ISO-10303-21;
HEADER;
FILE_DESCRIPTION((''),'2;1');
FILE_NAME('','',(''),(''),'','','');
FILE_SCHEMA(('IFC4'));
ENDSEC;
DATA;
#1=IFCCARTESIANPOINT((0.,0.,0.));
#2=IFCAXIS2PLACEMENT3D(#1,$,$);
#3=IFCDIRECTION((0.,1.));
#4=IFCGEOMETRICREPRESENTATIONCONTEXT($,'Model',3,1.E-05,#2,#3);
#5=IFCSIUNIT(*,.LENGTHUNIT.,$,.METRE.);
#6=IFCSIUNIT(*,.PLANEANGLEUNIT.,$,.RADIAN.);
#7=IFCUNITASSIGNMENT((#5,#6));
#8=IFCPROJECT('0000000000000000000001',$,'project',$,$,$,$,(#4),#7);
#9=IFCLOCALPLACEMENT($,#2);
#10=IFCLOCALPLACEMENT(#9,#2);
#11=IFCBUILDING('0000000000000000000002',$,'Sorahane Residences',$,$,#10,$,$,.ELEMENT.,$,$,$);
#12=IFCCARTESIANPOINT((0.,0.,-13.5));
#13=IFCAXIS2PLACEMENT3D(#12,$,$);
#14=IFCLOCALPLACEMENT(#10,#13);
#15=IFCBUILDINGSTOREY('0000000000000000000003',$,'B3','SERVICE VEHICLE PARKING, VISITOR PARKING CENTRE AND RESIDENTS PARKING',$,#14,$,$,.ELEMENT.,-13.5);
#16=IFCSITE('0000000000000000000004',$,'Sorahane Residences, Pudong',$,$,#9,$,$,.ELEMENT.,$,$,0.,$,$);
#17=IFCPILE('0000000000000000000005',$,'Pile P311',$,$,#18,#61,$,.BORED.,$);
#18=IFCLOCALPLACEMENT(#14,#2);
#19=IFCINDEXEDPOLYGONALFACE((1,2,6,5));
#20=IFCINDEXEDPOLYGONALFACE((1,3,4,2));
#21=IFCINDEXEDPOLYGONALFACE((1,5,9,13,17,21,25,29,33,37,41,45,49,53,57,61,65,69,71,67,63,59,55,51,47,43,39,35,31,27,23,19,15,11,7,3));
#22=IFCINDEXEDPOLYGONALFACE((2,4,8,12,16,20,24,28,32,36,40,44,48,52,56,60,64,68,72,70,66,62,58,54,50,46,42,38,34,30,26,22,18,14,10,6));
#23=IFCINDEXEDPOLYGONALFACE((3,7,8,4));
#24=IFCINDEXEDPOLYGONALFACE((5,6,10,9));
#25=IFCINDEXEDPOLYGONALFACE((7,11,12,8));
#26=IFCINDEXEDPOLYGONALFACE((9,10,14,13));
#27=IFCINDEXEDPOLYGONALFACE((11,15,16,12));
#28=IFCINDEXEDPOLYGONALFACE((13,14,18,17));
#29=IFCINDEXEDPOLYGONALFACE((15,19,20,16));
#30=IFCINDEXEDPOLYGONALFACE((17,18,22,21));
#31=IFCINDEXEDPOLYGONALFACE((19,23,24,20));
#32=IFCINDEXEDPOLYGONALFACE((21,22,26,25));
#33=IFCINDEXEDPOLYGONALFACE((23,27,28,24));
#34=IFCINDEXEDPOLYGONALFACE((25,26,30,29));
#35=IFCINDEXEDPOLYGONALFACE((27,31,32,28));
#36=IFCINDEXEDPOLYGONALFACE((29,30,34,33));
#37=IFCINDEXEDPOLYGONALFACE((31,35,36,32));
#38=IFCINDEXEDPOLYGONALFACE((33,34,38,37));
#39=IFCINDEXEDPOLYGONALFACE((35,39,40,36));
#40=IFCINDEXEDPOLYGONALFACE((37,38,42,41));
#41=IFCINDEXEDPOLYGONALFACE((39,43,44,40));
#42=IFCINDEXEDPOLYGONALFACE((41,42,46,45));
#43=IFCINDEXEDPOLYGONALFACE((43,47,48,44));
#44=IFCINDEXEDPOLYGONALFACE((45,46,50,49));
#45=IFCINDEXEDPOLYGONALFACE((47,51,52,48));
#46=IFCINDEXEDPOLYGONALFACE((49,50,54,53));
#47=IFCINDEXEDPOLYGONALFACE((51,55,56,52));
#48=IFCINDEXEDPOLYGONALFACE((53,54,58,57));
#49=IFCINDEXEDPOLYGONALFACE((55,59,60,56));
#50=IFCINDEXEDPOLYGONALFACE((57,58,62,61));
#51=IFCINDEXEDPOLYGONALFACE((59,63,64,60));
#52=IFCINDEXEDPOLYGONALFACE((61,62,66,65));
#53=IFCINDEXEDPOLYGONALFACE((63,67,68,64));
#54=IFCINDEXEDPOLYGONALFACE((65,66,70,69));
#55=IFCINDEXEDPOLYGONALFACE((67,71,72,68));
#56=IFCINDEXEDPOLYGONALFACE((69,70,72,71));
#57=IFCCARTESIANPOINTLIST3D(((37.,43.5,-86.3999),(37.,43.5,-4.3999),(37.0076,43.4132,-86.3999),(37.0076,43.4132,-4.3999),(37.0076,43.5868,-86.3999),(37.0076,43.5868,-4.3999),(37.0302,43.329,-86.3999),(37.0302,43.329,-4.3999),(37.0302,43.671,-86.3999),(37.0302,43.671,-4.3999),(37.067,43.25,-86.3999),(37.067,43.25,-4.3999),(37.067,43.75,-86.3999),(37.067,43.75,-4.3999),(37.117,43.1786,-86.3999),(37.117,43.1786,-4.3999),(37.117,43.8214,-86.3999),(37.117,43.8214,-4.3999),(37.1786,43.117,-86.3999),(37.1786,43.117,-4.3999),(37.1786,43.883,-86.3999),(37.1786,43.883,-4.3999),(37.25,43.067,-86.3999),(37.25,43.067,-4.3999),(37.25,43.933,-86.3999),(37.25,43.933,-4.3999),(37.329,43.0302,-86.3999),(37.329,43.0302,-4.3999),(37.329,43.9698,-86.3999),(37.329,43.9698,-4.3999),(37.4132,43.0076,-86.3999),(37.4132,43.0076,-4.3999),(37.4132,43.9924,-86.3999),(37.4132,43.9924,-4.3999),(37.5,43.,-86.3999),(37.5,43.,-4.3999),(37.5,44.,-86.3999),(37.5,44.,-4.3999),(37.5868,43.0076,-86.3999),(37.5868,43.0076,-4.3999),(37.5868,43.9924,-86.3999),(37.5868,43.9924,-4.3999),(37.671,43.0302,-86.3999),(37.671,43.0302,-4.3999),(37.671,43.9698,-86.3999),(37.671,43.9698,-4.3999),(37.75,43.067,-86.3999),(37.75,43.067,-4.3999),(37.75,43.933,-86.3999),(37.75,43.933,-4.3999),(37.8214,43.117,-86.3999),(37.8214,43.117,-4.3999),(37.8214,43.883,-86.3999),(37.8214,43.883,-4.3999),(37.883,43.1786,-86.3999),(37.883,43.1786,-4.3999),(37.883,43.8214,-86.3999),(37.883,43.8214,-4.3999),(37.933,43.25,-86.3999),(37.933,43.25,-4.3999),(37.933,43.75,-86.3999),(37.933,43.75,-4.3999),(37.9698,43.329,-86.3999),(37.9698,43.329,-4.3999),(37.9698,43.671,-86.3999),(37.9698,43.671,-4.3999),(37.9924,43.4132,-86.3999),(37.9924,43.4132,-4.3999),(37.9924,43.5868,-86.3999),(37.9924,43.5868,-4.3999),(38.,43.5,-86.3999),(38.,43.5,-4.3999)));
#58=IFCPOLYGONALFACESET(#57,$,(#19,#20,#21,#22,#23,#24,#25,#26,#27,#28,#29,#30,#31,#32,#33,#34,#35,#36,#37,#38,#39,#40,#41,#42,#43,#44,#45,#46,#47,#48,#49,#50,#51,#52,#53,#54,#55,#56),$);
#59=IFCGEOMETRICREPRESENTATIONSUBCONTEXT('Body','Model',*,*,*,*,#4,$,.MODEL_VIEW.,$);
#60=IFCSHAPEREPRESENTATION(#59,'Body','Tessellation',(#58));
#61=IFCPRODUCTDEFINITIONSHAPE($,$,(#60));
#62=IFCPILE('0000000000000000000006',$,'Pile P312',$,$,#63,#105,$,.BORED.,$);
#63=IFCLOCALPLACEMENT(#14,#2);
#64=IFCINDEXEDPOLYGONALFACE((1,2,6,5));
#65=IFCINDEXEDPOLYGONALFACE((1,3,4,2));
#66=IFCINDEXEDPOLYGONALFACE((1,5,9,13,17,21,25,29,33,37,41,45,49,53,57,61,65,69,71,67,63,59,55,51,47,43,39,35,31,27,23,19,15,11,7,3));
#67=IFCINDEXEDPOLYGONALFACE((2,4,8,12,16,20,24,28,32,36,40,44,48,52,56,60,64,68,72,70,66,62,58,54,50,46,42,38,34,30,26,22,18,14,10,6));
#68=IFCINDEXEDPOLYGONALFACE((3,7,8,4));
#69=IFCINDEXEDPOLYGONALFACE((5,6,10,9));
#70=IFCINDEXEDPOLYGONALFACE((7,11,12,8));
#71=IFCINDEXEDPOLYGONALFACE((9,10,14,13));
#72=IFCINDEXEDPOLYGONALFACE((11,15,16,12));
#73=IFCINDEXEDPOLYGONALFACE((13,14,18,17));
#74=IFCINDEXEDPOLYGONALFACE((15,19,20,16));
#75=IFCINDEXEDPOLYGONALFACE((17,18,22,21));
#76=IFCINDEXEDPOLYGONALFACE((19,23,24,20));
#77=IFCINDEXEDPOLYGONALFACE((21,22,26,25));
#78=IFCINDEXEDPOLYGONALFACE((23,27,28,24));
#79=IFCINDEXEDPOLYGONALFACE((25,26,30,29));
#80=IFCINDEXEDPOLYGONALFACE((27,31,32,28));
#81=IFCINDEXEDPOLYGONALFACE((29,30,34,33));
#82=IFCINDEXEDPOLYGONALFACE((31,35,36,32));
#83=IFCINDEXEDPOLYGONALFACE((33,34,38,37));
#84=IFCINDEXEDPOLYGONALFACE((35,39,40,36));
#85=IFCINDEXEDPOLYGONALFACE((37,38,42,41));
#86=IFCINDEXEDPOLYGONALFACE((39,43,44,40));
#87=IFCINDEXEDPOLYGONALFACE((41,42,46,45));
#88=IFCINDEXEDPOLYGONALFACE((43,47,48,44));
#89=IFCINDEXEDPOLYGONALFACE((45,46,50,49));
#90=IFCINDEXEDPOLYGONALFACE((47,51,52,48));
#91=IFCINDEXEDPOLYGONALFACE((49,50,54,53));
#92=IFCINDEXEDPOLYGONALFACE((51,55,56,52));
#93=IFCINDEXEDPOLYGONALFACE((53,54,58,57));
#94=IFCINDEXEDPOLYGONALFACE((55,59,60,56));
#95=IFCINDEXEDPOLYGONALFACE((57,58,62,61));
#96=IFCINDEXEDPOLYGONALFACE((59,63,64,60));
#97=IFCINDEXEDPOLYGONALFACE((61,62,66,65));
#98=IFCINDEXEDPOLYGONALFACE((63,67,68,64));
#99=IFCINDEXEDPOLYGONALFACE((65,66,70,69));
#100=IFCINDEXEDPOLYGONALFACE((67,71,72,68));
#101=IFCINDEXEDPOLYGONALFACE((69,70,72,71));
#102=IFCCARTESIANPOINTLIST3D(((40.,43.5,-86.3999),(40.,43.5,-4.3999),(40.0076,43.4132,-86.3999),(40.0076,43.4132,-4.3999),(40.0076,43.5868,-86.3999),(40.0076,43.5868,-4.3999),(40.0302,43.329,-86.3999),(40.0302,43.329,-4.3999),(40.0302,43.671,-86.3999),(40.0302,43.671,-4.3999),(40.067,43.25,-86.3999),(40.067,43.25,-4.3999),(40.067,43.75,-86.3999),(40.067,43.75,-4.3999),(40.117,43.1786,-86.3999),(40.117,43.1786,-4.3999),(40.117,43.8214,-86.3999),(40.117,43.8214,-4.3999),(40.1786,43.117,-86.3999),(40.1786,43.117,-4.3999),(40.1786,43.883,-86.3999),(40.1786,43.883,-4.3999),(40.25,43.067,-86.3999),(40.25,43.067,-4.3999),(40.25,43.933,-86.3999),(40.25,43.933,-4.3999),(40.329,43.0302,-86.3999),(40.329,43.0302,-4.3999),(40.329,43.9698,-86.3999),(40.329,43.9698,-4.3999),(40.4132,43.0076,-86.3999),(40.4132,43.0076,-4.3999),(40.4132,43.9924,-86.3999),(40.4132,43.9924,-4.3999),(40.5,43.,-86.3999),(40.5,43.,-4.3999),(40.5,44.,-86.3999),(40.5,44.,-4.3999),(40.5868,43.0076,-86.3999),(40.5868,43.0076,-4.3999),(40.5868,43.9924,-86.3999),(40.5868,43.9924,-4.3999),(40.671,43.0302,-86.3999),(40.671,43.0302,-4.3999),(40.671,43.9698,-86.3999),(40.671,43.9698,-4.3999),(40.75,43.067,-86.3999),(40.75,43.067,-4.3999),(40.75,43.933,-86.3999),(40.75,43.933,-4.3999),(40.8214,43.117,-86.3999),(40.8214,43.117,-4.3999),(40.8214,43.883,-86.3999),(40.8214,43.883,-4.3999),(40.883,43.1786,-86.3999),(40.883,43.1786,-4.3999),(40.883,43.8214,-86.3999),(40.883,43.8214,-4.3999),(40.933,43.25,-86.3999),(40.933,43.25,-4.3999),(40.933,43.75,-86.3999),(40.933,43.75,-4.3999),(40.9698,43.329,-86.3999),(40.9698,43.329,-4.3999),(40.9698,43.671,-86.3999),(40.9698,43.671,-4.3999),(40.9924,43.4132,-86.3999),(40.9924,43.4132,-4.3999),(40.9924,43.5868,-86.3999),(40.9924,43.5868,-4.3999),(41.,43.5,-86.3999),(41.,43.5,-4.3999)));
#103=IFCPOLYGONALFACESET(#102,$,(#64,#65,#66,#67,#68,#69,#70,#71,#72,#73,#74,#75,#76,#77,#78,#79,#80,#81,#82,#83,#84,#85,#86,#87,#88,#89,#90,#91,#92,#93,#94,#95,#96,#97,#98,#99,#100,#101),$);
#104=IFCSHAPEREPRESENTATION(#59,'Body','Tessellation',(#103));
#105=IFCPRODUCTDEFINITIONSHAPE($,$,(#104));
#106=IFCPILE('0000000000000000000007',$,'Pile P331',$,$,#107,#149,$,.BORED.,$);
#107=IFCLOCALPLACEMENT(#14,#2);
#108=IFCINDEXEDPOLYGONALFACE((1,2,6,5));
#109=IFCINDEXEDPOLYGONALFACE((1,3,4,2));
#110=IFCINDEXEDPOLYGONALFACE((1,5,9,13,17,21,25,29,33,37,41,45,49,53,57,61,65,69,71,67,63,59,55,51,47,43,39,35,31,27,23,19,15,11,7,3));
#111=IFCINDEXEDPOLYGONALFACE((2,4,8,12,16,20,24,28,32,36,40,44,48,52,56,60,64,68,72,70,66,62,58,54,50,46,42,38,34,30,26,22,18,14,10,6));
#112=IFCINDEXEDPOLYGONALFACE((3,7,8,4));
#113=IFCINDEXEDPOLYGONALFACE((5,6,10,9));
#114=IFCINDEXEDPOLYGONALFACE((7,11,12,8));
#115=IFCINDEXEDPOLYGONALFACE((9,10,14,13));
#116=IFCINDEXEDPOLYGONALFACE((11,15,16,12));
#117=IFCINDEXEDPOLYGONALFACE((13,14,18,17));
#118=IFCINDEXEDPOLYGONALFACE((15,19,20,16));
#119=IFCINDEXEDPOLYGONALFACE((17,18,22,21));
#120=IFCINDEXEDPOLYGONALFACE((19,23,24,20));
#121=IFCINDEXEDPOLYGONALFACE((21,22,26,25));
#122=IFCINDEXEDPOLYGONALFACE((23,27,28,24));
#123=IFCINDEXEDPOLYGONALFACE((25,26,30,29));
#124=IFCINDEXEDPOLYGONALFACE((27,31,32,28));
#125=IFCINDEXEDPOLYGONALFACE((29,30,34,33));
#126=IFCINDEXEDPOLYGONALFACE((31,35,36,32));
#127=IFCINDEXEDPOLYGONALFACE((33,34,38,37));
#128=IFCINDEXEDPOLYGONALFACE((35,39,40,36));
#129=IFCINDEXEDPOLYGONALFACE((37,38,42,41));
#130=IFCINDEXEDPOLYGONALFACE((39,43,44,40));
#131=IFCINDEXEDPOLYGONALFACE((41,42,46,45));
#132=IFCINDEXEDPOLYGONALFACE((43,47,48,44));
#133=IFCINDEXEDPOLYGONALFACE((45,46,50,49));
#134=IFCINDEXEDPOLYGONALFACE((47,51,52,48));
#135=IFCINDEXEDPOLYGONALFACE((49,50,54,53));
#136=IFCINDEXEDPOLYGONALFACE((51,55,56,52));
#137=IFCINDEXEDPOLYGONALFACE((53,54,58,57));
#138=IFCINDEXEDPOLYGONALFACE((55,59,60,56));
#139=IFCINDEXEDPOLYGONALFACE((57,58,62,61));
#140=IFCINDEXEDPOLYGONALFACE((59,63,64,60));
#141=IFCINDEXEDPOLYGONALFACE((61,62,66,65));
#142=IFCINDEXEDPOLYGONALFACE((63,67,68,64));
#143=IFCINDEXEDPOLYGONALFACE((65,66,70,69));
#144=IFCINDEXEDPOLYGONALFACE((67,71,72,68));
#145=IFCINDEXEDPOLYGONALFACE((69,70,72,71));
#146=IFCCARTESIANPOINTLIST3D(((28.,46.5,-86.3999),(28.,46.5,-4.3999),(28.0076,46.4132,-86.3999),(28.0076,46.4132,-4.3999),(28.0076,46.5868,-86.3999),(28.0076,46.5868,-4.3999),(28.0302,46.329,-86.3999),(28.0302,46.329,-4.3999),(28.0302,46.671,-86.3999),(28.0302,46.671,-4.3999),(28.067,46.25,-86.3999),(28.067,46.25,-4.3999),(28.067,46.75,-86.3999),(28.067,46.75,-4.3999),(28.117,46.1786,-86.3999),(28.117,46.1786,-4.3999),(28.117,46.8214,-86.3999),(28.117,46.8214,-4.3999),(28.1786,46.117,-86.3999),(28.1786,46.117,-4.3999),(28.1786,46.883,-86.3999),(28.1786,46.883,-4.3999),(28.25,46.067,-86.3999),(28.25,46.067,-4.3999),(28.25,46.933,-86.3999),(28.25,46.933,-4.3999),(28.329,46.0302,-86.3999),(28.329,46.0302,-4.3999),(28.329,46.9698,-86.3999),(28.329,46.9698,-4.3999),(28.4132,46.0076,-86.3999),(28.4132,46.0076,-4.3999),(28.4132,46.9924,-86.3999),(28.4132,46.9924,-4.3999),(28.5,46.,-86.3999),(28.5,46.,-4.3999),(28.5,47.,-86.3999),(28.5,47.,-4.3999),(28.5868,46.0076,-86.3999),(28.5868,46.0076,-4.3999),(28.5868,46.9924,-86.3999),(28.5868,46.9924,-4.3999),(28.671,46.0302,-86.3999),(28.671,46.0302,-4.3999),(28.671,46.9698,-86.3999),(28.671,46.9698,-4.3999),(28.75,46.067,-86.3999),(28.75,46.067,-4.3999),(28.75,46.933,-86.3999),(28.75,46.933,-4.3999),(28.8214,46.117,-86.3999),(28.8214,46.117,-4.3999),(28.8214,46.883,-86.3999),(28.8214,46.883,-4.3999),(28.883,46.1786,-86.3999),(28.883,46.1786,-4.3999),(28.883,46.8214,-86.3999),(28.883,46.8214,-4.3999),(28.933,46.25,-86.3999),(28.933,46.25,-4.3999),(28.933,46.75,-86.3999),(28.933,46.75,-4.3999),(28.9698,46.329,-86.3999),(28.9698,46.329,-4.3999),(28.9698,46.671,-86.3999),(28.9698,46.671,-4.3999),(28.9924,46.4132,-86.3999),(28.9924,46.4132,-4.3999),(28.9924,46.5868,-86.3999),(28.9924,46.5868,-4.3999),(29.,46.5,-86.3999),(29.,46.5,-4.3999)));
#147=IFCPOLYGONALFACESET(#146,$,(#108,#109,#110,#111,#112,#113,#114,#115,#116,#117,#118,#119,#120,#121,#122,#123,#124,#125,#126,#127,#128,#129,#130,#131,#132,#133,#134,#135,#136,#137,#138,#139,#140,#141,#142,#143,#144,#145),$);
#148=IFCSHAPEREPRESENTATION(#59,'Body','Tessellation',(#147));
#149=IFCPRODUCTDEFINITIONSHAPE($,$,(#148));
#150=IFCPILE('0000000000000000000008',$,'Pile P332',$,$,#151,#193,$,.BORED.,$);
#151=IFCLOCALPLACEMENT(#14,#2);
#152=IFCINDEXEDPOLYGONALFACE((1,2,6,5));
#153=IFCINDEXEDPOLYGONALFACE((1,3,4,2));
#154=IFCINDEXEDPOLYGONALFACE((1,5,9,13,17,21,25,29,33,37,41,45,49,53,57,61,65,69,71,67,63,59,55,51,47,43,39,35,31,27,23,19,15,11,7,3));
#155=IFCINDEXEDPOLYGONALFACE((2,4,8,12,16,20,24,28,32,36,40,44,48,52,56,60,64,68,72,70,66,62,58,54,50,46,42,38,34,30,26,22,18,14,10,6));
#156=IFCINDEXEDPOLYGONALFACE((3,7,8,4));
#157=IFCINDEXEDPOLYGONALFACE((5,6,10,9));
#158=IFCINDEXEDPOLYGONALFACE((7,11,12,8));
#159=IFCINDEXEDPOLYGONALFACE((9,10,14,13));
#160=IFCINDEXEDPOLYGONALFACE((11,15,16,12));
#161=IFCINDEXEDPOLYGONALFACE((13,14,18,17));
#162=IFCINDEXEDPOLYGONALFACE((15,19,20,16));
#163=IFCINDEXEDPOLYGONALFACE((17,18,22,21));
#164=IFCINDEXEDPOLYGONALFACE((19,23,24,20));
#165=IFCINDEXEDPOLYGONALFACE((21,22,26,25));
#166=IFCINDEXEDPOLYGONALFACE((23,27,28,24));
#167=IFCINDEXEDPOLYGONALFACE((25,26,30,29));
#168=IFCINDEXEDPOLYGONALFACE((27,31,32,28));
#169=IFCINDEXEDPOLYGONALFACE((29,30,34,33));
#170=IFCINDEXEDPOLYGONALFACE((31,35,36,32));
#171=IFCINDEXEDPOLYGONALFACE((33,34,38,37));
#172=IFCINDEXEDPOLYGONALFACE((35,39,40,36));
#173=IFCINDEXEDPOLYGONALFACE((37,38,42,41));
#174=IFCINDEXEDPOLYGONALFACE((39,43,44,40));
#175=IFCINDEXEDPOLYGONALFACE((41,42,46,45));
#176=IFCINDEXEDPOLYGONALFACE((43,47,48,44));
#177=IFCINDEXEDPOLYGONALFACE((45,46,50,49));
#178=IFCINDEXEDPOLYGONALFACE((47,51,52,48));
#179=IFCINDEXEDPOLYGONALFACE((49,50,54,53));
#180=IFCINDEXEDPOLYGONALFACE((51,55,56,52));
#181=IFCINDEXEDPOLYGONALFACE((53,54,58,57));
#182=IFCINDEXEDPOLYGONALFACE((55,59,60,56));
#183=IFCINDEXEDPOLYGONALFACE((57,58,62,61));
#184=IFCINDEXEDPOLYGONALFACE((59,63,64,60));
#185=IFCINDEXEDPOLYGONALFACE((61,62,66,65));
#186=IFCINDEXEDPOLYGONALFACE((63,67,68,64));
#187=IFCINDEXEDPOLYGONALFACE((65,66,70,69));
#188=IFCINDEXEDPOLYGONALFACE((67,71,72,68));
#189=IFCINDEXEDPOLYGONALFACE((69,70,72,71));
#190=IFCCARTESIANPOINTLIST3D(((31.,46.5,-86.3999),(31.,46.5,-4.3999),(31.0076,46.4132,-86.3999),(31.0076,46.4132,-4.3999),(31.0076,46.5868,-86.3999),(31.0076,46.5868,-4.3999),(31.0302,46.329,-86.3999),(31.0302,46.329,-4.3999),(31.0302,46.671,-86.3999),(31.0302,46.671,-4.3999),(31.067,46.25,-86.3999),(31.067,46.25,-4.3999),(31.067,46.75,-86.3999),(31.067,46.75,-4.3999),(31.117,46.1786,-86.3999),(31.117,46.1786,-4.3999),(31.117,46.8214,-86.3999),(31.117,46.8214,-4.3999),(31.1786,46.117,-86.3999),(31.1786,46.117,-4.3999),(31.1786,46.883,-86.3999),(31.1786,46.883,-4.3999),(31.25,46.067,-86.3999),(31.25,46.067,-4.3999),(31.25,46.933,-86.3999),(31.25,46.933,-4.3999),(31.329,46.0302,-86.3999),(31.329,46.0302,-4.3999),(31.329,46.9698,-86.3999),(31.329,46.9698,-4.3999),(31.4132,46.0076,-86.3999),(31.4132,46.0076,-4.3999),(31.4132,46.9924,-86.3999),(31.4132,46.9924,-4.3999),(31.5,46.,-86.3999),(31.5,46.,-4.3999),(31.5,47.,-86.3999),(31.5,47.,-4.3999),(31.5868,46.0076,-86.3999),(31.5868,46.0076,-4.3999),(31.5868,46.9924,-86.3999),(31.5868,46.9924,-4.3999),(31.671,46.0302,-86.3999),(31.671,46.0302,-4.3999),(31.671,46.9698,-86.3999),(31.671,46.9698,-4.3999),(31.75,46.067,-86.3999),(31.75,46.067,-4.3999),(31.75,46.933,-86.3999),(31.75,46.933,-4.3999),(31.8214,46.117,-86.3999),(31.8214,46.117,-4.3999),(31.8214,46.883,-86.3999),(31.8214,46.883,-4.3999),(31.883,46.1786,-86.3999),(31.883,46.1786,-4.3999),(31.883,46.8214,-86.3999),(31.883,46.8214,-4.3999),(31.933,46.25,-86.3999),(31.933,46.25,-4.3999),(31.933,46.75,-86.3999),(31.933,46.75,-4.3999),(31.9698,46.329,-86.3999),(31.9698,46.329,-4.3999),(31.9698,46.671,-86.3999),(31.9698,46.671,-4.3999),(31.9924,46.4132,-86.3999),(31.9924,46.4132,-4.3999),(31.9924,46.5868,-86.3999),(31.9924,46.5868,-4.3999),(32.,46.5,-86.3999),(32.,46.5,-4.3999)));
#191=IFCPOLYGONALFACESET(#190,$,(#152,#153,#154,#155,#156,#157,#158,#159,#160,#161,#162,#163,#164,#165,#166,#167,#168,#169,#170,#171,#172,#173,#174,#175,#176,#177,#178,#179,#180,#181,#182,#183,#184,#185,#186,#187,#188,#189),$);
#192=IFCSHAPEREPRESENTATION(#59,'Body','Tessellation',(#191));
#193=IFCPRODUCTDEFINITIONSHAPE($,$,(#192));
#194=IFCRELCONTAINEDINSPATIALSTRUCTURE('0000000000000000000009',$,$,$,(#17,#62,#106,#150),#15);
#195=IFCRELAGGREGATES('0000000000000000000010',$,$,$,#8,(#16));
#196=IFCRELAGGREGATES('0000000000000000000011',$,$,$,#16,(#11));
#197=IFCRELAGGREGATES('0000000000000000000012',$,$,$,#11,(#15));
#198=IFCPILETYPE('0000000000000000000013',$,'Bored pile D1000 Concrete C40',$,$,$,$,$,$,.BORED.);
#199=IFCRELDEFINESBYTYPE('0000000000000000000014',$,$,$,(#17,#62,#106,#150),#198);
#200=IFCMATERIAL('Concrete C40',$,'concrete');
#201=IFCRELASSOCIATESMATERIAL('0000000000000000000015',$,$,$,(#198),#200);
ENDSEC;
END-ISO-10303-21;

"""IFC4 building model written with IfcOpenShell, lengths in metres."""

from ifc_helpers import new_model, si_unit, direction, frame, origin, origin_2d, place, context, subcontext, project, spatial, circle, extrude, material, material_profile, profile_set, type_object, element, save


model = new_model("IFC4")

# Units and contexts
model_context = context("Model", 3, precision=1e-05, world=origin(), true_north=direction((0.0, 1.0)))
body_context = subcontext(model_context, "Body", "Model", "MODEL_VIEW")
ifc_project = project(units=[si_unit("LENGTHUNIT", "METRE"), si_unit("PLANEANGLEUNIT", "RADIAN")], contexts=[model_context])

# Site, building, storey
site_placement = place(None, origin())
site = spatial("IfcSite", under=ifc_project, at=site_placement, Name="Sorahane Residences, Pudong", CompositionType="ELEMENT", RefElevation=0.0)
building_placement = place(site_placement, origin())
building = spatial("IfcBuilding", under=site, at=building_placement, Name="Sorahane Residences", CompositionType="ELEMENT")
storey_placement = place(building_placement, frame((0.0, 0.0, -13.5)))
storey = spatial("IfcBuildingStorey", under=building, at=storey_placement, Name="B3", Description="SERVICE VEHICLE PARKING, VISITOR PARKING CENTRE AND RESIDENTS PARKING", CompositionType="ELEMENT", Elevation=-13.5)

# Piles
ifc_material_1 = material(Name="Concrete C40", Category="concrete")
ifc_material_profile_1 = material_profile(ifc_material_1, circle(Radius=0.5, at=origin_2d()), Name="D1000")
ifc_profile_set_1 = profile_set([ifc_material_profile_1], Name="Concrete C40")
pile_type = type_object("IfcPileType", Name="Bored pile D1000 Concrete C40", PredefinedType="BORED", material=ifc_profile_set_1)
for number, where, z_axis, x_axis, name in (
    (1, (37.5, 43.5, -4.3999), (0.0, 0.0, -1.0), (1.0, 0.0, 0.0), "Pile P311"),
    (2, (40.5, 43.5, -4.3999), (0.0, 0.0, -1.0), (1.0, 0.0, 0.0), "Pile P312"),
    (3, (28.5, 46.5, -4.3999), (0.0, 0.0, -1.0), (1.0, 0.0, 0.0), "Pile P331"),
    (4, (31.5, 46.5, -4.3999), (0.0, 0.0, -1.0), (1.0, 0.0, 0.0), "Pile P332"),
):
    element("IfcPile", number, at=place(storey_placement, frame(where, z_axis=z_axis, x_axis=x_axis)), inside=storey, type_object=pile_type, Name=name, PredefinedType="BORED", context=body_context, shape_type="SweptSolid", body=[
        extrude(circle(Radius=0.5, at=origin_2d()), origin(), (0.0, 0.0, 1.0), 82.0),
    ])

save(model, "model.ifc")
